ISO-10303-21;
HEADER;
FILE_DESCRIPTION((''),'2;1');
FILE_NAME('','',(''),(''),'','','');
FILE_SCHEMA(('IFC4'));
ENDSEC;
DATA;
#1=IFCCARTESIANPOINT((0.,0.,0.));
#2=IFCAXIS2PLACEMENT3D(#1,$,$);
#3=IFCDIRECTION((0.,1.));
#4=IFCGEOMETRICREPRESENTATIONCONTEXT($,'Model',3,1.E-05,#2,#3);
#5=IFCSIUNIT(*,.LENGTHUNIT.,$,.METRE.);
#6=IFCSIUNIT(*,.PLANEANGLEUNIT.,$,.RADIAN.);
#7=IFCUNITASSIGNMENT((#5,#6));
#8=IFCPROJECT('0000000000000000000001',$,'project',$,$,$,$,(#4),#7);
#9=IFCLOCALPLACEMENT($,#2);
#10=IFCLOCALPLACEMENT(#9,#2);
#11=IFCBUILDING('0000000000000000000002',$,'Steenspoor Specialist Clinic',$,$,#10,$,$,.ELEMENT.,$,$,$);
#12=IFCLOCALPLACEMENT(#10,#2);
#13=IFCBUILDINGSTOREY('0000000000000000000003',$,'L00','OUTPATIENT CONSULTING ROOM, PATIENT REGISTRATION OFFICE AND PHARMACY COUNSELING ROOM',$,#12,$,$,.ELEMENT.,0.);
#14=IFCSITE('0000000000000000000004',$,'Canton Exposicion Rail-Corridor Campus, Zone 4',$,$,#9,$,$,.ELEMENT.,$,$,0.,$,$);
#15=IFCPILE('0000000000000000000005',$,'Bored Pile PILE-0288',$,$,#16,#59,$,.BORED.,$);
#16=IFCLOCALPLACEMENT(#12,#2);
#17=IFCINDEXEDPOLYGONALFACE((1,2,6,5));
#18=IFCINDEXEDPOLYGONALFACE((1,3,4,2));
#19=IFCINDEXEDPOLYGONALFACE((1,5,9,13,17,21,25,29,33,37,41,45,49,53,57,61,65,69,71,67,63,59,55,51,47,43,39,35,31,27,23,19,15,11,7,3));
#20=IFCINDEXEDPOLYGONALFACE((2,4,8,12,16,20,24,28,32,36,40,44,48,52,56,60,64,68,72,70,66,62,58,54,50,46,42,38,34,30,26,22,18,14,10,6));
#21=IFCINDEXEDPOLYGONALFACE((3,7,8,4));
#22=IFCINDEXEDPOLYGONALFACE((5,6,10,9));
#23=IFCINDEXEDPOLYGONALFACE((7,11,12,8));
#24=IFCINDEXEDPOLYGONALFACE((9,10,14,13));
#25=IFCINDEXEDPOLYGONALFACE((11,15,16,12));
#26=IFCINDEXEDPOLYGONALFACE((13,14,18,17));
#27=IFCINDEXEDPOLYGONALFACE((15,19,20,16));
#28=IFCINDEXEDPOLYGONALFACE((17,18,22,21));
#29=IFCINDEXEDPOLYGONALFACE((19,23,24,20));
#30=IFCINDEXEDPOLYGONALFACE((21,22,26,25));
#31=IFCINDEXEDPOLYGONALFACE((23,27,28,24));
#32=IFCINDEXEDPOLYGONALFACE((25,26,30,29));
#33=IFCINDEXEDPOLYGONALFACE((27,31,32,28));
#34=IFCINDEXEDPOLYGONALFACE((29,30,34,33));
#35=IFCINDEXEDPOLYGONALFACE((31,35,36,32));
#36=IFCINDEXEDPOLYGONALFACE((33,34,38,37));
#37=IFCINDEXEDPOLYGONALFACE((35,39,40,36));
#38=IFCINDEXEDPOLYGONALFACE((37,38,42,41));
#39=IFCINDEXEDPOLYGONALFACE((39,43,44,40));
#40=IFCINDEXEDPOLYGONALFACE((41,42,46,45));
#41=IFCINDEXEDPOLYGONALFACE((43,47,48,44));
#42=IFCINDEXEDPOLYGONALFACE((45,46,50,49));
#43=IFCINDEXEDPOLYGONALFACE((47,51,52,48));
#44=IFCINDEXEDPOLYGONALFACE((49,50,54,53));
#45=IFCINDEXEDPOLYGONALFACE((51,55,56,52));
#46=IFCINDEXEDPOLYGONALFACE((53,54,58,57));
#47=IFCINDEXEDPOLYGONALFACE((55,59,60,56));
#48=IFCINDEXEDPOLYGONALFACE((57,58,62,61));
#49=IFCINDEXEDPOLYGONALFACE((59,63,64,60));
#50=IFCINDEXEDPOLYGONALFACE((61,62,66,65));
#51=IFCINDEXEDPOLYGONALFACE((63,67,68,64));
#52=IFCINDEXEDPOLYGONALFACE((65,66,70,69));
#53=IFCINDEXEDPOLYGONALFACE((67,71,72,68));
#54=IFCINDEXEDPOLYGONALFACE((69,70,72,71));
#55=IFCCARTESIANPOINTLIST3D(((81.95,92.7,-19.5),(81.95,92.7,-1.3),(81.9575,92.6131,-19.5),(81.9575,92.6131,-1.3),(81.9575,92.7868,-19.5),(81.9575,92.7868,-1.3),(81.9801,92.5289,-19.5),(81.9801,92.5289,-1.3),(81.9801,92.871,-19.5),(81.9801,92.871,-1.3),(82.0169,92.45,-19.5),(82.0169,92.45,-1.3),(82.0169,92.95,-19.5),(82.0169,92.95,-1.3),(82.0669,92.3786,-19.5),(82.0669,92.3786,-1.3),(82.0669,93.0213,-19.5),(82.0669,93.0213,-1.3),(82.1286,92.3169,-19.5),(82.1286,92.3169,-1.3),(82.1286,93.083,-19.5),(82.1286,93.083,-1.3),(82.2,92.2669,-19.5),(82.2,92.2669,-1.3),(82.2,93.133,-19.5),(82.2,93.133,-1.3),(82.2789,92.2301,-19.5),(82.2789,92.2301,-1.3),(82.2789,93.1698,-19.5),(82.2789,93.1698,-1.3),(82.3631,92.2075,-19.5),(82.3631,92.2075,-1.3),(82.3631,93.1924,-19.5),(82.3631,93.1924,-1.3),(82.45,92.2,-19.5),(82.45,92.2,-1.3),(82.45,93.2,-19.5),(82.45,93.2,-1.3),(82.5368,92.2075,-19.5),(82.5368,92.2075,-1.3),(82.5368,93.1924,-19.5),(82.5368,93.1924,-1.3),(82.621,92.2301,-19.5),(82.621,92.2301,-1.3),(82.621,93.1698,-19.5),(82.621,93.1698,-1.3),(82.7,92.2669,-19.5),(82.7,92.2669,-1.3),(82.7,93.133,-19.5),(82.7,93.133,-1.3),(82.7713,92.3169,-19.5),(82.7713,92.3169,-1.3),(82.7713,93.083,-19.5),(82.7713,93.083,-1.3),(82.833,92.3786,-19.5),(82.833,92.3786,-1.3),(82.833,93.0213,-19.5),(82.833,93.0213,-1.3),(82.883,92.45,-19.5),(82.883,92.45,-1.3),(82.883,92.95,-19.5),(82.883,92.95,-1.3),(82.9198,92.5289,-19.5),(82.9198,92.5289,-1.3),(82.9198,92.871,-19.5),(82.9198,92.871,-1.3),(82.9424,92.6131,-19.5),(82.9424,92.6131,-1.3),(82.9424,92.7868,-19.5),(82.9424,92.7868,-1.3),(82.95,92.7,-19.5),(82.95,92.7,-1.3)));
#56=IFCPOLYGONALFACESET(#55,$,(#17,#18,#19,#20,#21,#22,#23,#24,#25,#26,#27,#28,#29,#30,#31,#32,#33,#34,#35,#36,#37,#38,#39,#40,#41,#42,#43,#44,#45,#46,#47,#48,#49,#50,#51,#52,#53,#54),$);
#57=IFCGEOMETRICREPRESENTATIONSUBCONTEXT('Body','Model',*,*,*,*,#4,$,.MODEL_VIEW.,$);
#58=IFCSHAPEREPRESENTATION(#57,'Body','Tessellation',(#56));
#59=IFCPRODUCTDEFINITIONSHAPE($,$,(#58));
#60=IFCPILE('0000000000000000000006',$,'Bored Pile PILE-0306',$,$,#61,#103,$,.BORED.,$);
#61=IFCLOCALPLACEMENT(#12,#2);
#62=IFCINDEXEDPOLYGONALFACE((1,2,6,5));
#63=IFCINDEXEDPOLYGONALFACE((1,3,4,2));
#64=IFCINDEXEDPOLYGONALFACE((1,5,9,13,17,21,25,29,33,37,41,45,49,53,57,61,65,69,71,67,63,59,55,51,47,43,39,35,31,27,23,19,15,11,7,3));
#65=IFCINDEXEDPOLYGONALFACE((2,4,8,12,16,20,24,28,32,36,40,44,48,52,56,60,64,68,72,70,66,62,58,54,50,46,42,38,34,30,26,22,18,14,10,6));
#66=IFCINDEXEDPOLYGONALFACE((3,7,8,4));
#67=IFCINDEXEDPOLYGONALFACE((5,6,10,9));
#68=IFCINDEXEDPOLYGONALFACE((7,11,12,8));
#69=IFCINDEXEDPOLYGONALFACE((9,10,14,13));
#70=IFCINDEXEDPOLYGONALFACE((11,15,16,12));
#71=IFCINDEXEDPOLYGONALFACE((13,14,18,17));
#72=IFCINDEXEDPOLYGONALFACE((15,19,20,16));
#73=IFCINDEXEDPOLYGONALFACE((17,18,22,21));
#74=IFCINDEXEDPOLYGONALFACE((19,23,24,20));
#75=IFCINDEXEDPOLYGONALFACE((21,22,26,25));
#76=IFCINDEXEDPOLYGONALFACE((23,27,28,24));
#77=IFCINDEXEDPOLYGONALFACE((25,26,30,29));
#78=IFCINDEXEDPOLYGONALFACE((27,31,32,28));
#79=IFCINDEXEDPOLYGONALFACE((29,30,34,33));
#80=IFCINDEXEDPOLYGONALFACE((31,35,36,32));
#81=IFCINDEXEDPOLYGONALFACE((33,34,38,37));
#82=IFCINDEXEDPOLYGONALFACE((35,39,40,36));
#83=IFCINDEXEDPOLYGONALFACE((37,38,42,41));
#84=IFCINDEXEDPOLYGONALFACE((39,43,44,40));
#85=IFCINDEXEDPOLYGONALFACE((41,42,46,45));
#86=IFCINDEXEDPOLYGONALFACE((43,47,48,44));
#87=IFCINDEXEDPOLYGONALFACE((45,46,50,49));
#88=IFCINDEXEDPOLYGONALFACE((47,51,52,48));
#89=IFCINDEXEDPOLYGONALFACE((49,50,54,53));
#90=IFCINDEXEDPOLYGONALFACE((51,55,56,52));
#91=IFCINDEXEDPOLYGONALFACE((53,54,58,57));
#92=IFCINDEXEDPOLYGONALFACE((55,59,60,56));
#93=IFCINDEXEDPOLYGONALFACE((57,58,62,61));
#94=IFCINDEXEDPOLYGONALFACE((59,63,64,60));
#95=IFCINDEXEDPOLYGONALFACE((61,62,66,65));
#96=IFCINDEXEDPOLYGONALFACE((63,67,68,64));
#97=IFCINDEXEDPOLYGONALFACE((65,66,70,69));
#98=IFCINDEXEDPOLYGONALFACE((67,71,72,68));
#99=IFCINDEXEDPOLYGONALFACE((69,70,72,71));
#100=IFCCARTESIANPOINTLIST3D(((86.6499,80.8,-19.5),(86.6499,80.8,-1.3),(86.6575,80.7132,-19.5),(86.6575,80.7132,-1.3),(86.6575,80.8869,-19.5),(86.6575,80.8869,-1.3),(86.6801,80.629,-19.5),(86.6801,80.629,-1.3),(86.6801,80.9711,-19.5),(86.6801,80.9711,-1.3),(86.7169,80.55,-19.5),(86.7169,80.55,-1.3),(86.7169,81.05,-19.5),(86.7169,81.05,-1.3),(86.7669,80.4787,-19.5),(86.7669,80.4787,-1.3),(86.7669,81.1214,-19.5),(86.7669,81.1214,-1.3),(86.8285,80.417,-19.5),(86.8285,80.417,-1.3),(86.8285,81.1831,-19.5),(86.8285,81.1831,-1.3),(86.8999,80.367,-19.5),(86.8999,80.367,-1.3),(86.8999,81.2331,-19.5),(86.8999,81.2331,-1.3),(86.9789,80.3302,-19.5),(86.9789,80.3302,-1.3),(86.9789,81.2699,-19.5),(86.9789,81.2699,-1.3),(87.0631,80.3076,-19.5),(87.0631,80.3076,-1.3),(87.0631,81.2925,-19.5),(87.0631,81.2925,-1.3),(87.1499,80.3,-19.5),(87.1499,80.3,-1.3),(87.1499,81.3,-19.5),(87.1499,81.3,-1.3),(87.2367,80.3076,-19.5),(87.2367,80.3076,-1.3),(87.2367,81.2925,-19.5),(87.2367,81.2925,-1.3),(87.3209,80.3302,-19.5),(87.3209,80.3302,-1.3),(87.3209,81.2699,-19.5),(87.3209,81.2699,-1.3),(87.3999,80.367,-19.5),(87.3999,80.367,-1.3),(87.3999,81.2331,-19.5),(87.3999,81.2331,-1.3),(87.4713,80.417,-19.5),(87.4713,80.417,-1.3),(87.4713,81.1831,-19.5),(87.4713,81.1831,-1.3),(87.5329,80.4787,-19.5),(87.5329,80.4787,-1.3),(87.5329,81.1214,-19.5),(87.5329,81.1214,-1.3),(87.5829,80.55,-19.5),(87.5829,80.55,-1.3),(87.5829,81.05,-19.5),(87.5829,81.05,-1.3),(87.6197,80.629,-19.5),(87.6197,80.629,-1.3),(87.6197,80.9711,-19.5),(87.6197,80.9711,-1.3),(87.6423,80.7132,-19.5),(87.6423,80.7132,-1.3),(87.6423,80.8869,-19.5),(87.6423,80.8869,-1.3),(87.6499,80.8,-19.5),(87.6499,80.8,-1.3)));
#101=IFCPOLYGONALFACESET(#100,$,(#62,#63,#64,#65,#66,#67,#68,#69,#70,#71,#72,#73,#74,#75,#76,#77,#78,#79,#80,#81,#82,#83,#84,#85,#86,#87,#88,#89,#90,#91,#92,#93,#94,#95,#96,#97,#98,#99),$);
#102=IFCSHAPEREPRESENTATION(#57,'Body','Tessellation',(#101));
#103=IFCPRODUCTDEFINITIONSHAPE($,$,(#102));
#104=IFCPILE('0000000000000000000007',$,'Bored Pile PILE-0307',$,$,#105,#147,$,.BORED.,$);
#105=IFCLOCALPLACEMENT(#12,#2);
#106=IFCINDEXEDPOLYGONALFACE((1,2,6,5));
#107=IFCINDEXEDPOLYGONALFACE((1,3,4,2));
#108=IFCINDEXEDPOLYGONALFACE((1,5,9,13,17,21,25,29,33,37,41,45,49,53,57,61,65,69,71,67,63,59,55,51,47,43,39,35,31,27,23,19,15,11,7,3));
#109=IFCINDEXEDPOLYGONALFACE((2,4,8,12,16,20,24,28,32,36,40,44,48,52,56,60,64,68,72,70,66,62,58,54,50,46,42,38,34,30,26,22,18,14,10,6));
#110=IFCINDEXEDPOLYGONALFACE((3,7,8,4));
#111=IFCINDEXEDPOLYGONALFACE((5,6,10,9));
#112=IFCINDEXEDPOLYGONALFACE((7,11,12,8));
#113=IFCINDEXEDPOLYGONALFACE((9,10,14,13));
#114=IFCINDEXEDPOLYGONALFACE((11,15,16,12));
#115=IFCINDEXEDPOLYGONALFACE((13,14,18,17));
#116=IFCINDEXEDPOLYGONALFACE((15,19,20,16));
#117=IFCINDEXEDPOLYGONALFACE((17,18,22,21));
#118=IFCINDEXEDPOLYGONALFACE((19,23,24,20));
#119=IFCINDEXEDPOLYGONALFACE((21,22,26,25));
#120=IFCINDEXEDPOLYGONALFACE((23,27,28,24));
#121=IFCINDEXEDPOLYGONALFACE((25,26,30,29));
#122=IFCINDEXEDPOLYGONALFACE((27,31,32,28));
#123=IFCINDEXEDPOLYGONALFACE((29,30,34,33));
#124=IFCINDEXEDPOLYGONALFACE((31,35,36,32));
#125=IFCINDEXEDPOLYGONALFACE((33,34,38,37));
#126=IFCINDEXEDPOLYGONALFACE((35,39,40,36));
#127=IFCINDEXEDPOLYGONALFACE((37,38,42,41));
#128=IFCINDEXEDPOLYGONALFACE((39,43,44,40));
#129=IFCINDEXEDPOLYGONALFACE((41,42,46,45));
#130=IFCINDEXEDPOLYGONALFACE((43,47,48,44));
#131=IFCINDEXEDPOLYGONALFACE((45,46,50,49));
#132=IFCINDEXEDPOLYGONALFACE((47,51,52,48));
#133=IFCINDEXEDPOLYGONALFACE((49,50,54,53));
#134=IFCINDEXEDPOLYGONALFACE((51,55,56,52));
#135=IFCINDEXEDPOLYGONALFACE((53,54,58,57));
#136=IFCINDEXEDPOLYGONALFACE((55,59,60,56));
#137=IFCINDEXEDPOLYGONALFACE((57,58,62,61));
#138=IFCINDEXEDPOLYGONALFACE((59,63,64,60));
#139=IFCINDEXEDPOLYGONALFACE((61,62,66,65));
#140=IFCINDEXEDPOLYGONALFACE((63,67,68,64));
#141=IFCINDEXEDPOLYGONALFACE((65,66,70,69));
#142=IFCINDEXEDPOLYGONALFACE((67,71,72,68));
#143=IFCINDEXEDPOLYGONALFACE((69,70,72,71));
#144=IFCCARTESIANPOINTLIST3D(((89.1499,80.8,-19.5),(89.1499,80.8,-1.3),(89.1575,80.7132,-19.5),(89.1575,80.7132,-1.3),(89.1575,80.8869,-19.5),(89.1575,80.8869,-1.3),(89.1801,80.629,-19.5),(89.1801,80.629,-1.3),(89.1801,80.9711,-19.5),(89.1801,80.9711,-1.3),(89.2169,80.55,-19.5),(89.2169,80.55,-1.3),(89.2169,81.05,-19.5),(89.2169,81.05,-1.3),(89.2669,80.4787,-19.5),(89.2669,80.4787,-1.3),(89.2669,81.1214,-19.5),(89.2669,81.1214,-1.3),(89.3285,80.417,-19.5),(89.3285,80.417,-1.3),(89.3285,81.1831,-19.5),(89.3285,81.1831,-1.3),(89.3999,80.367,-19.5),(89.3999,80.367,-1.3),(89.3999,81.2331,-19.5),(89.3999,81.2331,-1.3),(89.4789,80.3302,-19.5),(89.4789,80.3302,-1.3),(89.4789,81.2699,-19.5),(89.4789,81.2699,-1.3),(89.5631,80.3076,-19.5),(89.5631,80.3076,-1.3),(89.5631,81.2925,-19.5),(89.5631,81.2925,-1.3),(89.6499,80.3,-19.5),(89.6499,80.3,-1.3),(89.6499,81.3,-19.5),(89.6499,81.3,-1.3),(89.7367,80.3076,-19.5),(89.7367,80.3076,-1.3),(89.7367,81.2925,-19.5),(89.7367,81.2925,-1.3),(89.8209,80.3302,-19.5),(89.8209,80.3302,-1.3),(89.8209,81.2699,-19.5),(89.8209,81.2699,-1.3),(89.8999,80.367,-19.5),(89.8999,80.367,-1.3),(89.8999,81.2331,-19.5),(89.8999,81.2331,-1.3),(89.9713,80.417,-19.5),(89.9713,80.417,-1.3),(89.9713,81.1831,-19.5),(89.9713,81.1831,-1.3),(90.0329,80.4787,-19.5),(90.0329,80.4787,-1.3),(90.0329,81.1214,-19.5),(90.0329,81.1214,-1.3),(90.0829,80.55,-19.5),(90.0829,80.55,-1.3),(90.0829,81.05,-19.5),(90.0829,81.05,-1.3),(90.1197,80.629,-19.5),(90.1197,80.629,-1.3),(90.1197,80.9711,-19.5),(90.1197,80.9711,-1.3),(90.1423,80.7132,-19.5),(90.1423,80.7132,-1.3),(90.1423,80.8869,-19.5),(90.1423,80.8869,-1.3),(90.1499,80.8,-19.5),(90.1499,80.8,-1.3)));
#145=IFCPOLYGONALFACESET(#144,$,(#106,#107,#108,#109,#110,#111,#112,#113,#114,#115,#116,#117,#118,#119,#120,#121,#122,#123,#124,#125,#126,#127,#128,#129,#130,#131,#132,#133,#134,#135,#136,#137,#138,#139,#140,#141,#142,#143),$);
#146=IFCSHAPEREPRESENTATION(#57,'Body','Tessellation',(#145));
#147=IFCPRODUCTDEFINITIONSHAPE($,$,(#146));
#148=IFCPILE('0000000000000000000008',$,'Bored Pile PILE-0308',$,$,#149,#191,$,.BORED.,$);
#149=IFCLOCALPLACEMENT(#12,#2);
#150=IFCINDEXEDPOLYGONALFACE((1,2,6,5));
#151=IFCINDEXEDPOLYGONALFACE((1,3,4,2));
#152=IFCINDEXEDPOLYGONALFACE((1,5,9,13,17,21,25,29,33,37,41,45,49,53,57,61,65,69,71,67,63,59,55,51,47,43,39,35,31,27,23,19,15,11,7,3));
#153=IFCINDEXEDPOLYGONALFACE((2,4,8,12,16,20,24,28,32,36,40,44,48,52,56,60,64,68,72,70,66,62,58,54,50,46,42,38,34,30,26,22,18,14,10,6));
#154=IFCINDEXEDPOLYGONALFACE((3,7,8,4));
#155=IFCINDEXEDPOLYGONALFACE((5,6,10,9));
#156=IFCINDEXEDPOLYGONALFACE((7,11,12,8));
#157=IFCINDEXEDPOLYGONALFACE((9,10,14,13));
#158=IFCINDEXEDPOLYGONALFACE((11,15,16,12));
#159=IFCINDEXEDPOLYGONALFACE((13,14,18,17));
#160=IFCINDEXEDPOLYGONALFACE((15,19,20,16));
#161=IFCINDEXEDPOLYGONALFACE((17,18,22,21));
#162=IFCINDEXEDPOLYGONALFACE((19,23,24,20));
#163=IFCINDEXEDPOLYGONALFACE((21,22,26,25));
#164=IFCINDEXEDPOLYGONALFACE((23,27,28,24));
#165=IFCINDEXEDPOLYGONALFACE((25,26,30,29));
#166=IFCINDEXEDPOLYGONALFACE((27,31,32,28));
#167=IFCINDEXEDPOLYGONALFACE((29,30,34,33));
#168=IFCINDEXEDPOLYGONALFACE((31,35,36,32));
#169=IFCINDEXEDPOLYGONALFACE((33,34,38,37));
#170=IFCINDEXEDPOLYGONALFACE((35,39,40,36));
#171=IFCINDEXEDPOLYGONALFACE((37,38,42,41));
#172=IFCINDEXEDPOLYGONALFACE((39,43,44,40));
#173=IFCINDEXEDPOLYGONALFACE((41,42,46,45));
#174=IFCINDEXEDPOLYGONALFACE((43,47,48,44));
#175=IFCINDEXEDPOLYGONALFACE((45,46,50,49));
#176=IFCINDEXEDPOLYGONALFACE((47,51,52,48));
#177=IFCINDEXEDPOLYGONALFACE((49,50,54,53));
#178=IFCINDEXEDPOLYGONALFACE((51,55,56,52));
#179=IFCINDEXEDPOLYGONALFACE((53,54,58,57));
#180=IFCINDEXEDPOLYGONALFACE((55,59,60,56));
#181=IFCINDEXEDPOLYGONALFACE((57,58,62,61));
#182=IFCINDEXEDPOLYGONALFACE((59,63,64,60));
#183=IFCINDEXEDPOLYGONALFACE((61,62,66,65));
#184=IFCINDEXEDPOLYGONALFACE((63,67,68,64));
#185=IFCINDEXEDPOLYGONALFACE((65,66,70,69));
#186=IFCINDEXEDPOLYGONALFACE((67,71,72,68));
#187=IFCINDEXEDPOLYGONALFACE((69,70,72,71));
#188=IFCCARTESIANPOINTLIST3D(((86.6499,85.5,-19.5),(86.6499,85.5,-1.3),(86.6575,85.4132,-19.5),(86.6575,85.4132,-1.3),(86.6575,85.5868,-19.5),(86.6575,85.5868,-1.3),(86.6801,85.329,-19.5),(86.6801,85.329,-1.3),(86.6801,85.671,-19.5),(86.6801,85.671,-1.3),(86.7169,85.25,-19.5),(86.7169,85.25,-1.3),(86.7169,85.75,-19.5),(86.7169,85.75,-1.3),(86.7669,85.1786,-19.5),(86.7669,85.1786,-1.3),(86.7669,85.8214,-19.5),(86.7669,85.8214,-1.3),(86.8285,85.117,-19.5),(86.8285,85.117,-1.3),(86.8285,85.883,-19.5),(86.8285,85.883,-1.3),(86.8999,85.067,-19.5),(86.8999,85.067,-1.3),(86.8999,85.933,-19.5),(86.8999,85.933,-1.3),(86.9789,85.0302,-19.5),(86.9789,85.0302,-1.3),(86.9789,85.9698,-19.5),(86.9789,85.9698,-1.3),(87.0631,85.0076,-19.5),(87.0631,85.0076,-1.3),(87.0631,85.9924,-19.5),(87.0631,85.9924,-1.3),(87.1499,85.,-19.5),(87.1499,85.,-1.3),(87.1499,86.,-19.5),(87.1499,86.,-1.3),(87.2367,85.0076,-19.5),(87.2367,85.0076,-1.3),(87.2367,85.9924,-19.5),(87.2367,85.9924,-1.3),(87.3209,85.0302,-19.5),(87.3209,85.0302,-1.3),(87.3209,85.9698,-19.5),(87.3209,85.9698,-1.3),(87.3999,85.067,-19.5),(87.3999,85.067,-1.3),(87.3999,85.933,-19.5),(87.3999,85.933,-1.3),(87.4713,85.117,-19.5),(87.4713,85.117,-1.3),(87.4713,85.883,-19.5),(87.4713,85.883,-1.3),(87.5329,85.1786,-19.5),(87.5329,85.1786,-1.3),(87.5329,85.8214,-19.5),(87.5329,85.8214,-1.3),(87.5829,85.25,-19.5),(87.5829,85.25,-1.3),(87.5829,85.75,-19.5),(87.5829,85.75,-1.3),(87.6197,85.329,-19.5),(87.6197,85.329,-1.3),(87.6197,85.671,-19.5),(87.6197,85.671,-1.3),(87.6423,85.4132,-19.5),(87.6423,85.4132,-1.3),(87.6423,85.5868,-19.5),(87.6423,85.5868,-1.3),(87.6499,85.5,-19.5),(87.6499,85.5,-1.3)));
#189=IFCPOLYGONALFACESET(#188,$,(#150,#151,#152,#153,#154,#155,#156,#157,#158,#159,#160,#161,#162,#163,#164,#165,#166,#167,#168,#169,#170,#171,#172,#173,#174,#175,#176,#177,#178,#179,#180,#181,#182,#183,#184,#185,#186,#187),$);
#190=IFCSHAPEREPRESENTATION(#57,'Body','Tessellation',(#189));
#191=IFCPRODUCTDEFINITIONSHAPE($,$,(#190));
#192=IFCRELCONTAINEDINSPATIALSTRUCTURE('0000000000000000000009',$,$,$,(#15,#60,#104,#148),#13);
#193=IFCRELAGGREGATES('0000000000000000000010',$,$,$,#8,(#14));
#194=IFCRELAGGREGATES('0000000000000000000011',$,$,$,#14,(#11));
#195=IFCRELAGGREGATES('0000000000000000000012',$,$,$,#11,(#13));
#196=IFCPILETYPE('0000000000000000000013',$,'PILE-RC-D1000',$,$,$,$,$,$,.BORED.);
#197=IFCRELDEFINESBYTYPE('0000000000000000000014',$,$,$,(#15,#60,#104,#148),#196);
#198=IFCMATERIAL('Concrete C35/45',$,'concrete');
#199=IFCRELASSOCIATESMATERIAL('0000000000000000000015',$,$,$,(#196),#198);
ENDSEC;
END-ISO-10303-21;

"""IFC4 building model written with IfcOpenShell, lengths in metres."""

from ifc_helpers import new_model, si_unit, direction, frame, origin, origin_2d, place, context, subcontext, project, spatial, circle, extrude, material, material_profile, profile_set, type_object, element, save


model = new_model("IFC4")

# Units and contexts
model_context = context("Model", 3, precision=1e-05, world=origin(), true_north=direction((0.0, 1.0)))
body_context = subcontext(model_context, "Body", "Model", "MODEL_VIEW")
ifc_project = project(units=[si_unit("LENGTHUNIT", "METRE"), si_unit("PLANEANGLEUNIT", "RADIAN")], contexts=[model_context])

# Site, building, storey
site_placement = place(None, origin())
site = spatial("IfcSite", under=ifc_project, at=site_placement, Name="Canton Exposicion Rail-Corridor Campus, Zone 4", CompositionType="ELEMENT", RefElevation=0.0)
building_placement = place(site_placement, origin())
building = spatial("IfcBuilding", under=site, at=building_placement, Name="Steenspoor Specialist Clinic", CompositionType="ELEMENT")
storey_placement = place(building_placement, origin())
storey = spatial("IfcBuildingStorey", under=building, at=storey_placement, Name="L00", Description="OUTPATIENT CONSULTING ROOM, PATIENT REGISTRATION OFFICE AND PHARMACY COUNSELING ROOM", CompositionType="ELEMENT", Elevation=0.0)

# Shared definitions
ifc_material_1 = material(Name="Concrete C35/45", Category="concrete")

# Piles
ifc_material_profile_1 = material_profile(ifc_material_1, circle(Radius=0.5, at=origin_2d()), Name="PILE-D1000")
ifc_profile_set_1 = profile_set([ifc_material_profile_1], Name="Concrete C35/45")
pile_type_1 = type_object("IfcPileType", Name="PILE-RC-D1000", PredefinedType="BORED", material=ifc_profile_set_1)
for number, where, z_axis, x_axis, name in (
    (1, (82.45, 92.7, -1.3), (0.0, 0.0, -1.0), (1.0, 0.0, 0.0), "Bored Pile PILE-0288"),
    (2, (87.1499, 80.8, -1.3), (0.0, 0.0, -1.0), (1.0, 0.0, 0.0), "Bored Pile PILE-0306"),
    (3, (89.6499, 80.8, -1.3), (0.0, 0.0, -1.0), (1.0, 0.0, 0.0), "Bored Pile PILE-0307"),
    (4, (87.1499, 85.5, -1.3), (0.0, 0.0, -1.0), (1.0, 0.0, 0.0), "Bored Pile PILE-0308"),
):
    element("IfcPile", number, at=place(storey_placement, frame(where, z_axis=z_axis, x_axis=x_axis)), inside=storey, type_object=pile_type_1, Name=name, PredefinedType="BORED", context=body_context, shape_type="SweptSolid", body=[
        extrude(circle(Radius=0.5, at=origin_2d()), origin(), (0.0, 0.0, 1.0), 18.2),
    ])

save(model, "model.ifc")
